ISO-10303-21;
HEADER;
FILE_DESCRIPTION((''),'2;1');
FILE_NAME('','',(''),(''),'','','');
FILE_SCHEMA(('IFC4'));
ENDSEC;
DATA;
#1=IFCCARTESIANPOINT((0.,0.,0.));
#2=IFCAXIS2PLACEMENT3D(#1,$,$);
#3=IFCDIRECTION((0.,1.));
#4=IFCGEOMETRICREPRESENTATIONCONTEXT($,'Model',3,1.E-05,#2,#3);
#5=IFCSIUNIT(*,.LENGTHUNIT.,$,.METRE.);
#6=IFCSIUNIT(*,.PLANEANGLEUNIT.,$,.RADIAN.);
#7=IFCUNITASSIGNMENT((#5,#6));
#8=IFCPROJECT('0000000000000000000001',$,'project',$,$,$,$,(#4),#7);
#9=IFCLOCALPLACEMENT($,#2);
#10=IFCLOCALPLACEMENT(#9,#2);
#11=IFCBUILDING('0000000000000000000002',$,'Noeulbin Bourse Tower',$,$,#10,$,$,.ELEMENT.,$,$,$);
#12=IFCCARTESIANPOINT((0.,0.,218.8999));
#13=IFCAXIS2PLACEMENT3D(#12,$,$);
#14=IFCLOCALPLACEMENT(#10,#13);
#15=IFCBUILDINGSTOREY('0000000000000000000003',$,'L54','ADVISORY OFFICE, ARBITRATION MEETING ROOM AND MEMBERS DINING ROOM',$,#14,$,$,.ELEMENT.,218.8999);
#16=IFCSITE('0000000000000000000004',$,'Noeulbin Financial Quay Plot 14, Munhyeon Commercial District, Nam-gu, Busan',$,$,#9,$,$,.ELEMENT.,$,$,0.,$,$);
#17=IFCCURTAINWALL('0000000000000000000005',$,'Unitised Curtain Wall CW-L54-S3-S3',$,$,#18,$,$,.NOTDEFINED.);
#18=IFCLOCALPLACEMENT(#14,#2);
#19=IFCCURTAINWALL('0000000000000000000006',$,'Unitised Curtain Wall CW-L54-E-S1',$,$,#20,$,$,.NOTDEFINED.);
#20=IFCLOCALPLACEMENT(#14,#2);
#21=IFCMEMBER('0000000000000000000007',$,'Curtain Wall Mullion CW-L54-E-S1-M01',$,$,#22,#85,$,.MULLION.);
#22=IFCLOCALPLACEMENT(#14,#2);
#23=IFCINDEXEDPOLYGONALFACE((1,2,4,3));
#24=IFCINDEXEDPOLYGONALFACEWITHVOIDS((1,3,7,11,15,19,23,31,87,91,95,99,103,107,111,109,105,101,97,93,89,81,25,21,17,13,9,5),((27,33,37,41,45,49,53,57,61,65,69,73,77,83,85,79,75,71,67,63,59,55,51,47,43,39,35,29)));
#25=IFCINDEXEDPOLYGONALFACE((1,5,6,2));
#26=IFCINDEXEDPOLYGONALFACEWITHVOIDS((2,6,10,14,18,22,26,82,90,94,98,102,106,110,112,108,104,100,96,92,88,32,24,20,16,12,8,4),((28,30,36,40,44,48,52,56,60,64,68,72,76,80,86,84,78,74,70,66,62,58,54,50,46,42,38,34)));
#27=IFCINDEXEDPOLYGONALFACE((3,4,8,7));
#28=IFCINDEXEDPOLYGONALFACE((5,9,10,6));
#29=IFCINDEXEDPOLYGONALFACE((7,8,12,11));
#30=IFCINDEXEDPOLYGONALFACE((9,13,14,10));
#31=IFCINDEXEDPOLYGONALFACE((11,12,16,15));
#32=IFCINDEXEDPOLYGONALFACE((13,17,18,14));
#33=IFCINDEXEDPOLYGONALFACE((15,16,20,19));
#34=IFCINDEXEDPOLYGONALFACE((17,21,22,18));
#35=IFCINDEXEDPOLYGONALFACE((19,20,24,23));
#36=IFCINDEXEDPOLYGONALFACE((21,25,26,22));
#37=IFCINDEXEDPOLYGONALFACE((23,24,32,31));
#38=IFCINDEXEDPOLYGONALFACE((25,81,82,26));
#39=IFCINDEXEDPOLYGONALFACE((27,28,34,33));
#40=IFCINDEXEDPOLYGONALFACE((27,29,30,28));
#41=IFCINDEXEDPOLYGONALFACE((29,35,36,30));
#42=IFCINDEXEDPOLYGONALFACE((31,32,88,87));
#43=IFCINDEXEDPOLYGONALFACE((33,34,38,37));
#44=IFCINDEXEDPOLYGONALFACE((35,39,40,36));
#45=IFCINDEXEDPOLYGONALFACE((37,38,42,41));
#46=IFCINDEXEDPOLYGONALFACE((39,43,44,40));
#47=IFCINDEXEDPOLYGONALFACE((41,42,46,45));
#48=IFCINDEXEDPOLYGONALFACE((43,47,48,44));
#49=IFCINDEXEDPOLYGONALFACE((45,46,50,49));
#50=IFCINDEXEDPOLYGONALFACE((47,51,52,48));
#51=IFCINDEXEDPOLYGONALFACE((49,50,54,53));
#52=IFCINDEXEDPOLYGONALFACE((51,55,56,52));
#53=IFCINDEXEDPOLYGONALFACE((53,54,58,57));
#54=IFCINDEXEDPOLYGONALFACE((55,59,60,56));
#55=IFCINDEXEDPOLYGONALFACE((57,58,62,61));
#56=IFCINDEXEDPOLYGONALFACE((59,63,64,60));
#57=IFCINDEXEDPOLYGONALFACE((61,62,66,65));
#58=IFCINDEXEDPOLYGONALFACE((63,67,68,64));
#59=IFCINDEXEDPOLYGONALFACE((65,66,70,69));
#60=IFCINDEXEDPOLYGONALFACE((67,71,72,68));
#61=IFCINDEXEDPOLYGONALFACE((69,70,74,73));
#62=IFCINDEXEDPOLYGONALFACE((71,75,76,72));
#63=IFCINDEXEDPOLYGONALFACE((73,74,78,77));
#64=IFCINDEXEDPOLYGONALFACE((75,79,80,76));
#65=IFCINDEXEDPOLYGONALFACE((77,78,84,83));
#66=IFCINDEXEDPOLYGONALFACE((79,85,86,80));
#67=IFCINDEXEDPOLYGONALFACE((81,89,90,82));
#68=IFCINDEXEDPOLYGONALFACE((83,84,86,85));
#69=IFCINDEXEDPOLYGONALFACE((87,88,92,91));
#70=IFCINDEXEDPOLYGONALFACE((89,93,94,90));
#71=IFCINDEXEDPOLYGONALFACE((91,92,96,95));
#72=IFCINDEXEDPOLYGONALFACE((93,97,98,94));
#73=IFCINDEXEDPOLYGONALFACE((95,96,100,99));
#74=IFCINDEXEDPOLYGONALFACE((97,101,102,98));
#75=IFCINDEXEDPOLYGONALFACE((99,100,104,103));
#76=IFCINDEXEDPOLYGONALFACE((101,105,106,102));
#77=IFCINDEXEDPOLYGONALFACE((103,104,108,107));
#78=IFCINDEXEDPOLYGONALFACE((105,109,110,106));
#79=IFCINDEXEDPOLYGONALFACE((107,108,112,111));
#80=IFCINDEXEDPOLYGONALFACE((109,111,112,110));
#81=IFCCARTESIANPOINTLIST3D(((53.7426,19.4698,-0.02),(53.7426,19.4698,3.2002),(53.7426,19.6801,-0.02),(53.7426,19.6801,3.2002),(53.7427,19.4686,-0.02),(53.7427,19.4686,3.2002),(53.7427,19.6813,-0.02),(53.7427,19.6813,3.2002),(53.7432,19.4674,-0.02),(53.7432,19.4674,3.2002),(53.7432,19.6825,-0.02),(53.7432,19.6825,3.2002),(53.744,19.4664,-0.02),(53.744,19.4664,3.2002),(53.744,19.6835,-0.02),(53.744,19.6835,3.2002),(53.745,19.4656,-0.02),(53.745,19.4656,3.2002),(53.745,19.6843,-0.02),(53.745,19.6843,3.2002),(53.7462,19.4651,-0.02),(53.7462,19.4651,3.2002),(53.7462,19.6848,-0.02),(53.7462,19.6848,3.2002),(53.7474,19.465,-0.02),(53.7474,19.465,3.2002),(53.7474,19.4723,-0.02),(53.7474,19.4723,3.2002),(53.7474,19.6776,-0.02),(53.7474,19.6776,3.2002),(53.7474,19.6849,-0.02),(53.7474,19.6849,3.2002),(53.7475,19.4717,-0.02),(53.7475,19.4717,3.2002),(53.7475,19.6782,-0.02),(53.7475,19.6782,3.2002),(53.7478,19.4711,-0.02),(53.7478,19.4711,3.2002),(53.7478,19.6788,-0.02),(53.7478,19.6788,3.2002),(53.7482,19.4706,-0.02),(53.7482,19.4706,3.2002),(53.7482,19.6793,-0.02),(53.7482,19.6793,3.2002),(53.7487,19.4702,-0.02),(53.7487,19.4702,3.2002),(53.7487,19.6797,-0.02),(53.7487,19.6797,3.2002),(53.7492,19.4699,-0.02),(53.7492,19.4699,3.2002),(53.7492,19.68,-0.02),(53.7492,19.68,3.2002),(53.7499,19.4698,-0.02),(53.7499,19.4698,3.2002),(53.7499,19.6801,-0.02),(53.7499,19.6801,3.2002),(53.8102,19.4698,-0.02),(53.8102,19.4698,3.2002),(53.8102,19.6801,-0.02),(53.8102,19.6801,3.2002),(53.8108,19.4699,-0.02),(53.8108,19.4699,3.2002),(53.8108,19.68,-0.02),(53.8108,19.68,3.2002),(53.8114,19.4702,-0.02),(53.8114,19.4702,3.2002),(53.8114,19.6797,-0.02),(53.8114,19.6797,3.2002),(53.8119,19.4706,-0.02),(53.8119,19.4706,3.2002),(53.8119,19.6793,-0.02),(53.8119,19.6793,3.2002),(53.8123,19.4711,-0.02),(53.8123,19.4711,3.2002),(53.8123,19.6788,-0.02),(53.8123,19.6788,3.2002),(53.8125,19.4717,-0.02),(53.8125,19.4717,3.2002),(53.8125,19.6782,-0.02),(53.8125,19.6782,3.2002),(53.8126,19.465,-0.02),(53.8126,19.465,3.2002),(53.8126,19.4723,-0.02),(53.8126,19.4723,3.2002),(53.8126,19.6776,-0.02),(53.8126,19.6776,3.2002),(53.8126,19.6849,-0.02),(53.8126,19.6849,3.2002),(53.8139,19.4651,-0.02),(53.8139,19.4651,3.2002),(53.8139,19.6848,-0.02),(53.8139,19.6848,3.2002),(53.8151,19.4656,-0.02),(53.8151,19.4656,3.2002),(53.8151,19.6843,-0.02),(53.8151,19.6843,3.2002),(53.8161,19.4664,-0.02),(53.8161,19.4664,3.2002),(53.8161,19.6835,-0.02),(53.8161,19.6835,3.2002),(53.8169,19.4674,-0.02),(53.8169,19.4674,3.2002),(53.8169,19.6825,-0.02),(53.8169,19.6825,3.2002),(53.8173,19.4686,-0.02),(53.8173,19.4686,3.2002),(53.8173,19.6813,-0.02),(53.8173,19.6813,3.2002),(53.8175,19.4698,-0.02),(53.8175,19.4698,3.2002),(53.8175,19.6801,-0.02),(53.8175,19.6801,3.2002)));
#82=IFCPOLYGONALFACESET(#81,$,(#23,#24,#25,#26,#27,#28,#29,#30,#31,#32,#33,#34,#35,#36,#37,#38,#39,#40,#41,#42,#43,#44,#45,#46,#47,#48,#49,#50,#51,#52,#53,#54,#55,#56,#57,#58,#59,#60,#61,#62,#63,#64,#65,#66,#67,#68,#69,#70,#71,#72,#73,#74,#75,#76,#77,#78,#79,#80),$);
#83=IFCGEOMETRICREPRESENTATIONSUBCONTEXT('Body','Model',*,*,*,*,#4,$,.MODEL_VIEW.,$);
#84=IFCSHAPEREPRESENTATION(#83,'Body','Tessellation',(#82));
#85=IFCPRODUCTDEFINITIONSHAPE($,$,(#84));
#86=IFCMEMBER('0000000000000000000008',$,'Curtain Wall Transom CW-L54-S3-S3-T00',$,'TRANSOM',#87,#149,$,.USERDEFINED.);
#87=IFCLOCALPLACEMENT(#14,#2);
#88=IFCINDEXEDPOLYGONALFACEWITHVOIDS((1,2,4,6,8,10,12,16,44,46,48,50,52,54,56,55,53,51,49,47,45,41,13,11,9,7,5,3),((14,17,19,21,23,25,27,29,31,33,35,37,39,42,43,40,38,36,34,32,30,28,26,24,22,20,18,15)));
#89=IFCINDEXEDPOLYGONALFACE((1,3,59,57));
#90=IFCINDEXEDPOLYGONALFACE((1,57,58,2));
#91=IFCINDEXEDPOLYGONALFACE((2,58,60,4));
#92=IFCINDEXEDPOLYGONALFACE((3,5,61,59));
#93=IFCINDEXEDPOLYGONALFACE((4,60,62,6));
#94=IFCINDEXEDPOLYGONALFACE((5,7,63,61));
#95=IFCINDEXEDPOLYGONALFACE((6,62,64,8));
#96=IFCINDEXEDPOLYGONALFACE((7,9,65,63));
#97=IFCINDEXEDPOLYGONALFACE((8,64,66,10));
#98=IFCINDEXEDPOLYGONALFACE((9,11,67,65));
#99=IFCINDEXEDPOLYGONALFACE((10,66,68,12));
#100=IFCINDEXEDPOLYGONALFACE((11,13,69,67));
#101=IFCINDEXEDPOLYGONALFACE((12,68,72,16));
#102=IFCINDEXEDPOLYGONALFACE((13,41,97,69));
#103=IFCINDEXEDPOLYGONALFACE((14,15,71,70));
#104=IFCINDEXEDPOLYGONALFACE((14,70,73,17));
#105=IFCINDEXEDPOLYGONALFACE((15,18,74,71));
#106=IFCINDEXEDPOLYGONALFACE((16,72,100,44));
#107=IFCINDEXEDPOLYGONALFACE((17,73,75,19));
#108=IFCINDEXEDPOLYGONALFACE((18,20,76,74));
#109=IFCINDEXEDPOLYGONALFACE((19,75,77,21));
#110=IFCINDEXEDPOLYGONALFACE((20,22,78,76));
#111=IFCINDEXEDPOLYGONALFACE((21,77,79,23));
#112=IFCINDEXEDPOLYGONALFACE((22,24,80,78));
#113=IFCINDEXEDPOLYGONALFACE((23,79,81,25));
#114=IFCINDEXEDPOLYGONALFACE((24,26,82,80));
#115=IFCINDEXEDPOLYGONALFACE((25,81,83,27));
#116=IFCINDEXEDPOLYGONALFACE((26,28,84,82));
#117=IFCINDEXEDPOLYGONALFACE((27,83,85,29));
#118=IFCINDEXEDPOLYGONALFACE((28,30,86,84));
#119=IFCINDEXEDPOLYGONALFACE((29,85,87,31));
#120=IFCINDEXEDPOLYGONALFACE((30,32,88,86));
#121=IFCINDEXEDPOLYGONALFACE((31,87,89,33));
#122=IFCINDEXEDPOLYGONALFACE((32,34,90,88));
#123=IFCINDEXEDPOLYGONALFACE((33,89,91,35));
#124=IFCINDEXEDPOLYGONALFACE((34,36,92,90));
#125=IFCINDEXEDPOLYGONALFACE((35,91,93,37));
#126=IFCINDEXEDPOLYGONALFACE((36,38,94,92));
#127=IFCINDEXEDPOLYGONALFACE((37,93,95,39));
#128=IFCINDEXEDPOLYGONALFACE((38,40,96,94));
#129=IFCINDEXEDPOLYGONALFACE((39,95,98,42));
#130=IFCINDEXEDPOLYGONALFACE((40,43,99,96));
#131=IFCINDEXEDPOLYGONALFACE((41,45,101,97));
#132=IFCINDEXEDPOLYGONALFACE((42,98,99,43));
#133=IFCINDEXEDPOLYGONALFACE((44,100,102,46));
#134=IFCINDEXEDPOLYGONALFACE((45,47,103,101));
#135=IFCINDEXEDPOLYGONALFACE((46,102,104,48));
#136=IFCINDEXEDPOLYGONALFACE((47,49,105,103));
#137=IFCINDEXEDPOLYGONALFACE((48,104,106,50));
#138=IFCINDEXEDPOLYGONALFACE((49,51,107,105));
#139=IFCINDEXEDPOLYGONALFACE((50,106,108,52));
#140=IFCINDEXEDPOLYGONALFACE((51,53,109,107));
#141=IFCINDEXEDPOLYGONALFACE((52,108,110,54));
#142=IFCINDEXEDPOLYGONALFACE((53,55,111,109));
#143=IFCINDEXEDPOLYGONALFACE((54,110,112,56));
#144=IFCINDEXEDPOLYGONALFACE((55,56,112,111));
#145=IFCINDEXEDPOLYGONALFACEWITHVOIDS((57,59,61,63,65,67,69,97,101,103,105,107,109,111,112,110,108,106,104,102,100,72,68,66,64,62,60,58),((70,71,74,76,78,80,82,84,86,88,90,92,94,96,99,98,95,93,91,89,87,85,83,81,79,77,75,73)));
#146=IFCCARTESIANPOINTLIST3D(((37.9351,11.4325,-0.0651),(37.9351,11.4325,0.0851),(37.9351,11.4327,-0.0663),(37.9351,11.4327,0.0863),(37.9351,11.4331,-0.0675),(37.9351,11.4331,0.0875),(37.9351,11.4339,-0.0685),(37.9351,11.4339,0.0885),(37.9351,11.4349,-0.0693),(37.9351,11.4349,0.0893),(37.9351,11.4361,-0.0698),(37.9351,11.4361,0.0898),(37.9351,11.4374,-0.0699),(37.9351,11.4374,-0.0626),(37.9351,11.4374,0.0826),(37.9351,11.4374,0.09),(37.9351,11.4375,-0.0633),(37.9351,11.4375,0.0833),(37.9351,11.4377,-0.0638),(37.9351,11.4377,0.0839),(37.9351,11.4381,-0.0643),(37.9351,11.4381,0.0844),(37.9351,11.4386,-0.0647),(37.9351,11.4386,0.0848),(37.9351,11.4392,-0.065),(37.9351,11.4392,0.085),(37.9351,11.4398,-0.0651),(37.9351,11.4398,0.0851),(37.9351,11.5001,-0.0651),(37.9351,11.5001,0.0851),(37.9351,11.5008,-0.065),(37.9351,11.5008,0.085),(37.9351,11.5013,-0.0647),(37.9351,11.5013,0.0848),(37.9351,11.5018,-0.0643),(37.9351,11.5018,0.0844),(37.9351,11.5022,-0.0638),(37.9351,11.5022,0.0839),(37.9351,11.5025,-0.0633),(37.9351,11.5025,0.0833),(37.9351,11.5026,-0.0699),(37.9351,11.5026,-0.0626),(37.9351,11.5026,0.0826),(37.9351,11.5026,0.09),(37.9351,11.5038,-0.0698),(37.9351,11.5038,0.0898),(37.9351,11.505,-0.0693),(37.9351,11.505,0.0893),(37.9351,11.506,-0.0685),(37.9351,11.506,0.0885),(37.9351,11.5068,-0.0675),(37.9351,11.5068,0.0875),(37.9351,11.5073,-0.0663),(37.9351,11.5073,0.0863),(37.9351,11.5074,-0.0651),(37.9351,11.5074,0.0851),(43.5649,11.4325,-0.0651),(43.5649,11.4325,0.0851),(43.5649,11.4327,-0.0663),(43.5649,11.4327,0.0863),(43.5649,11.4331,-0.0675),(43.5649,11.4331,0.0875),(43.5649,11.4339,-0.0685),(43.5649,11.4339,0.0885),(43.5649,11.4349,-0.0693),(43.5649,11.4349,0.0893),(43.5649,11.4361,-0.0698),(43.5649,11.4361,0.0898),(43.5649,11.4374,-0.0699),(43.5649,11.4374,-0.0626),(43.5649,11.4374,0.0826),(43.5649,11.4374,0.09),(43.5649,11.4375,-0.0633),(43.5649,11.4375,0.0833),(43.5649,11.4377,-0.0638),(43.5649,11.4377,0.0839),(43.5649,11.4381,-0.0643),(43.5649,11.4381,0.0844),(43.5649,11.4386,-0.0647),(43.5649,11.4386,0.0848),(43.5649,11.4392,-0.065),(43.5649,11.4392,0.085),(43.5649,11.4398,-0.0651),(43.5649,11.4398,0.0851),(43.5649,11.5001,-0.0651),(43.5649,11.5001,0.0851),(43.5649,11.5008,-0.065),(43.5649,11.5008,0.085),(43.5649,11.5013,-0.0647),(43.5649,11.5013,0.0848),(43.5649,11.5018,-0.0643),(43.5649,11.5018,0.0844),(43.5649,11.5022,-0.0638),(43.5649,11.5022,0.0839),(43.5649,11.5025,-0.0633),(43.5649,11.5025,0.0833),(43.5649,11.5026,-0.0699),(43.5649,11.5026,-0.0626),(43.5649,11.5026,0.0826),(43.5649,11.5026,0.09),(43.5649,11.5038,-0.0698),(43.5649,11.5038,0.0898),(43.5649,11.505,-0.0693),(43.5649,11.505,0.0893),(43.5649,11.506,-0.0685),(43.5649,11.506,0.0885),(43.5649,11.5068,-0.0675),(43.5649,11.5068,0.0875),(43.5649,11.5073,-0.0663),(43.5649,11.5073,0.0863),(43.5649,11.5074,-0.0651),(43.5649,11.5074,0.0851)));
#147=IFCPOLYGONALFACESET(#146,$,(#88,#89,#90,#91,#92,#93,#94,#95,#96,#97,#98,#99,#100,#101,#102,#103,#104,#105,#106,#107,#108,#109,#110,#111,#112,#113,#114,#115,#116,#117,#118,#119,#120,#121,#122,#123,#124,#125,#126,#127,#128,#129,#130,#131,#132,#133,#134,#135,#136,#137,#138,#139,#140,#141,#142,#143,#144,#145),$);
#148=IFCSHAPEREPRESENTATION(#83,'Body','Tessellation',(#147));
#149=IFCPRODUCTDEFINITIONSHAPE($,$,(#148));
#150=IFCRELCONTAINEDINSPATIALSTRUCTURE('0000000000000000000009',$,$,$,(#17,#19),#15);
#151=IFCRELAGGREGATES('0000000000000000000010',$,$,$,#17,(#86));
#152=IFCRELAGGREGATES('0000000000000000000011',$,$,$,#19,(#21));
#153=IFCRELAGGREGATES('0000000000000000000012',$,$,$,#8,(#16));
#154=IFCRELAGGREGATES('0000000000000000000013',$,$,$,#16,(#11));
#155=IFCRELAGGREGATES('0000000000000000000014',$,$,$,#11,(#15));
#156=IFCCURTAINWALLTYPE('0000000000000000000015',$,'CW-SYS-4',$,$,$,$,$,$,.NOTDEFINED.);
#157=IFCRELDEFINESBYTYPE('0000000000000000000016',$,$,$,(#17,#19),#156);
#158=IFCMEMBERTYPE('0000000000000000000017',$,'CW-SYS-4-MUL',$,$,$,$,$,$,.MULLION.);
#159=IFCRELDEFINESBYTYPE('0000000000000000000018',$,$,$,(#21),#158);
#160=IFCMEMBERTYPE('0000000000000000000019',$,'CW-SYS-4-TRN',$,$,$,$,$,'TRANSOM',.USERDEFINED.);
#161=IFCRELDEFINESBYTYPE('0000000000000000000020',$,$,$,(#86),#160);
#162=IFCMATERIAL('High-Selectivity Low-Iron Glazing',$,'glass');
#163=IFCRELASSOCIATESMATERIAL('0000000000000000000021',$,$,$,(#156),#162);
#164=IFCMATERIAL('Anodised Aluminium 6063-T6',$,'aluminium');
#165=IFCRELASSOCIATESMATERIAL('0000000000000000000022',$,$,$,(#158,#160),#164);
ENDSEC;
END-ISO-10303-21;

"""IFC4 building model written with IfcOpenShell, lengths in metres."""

from ifc_helpers import new_model, si_unit, direction, frame, origin, origin_2d, place, context, subcontext, project, spatial, hollow_rectangle, extrude, material, material_profile, profile_set, type_object, element, aggregate, save


model = new_model("IFC4")

# Units and contexts
model_context = context("Model", 3, precision=1e-05, world=origin(), true_north=direction((0.0, 1.0)))
body_context = subcontext(model_context, "Body", "Model", "MODEL_VIEW")
ifc_project = project(units=[si_unit("LENGTHUNIT", "METRE"), si_unit("PLANEANGLEUNIT", "RADIAN")], contexts=[model_context])

# Site, building, storey
site_placement = place(None, origin())
site = spatial("IfcSite", under=ifc_project, at=site_placement, Name="Noeulbin Financial Quay Plot 14, Munhyeon Commercial District, Nam-gu, Busan", CompositionType="ELEMENT", RefElevation=0.0)
building_placement = place(site_placement, origin())
building = spatial("IfcBuilding", under=site, at=building_placement, Name="Noeulbin Bourse Tower", CompositionType="ELEMENT")
storey_placement = place(building_placement, frame((0.0, 0.0, 218.8999)))
storey = spatial("IfcBuildingStorey", under=building, at=storey_placement, Name="L54", Description="ADVISORY OFFICE, ARBITRATION MEETING ROOM AND MEMBERS DINING ROOM", CompositionType="ELEMENT", Elevation=218.8999)

# Curtain walls, member
ifc_material_1 = material(Name="High-Selectivity Low-Iron Glazing", Category="glass")
curtain_wall_type = type_object("IfcCurtainWallType", Name="CW-SYS-4", PredefinedType="NOTDEFINED", material=ifc_material_1)
curtain_wall_1_placement = place(storey_placement, origin())
curtain_wall_1 = element("IfcCurtainWall", 1, at=curtain_wall_1_placement, inside=storey, type_object=curtain_wall_type, Name="Unitised Curtain Wall CW-L54-S3-S3", PredefinedType="NOTDEFINED")
ifc_material_2 = material(Name="Anodised Aluminium 6063-T6", Category="aluminium")
ifc_material_profile_1 = material_profile(ifc_material_2, hollow_rectangle(XDim=0.075, YDim=0.22, WallThickness=0.0049, InnerFilletRadius=0.0024, OuterFilletRadius=0.0049, at=origin_2d()), Name="ALU-MULL-75x220x5", Category="LoadBearing")
ifc_profile_set_1 = profile_set([ifc_material_profile_1], Name="Anodised Aluminium 6063-T6")
member_type_1 = type_object("IfcMemberType", Name="CW-SYS-4-MUL", PredefinedType="MULLION", material=ifc_profile_set_1)
curtain_wall_2_placement = place(storey_placement, origin())
curtain_wall_2 = element("IfcCurtainWall", 2, at=curtain_wall_2_placement, inside=storey, type_object=curtain_wall_type, Name="Unitised Curtain Wall CW-L54-E-S1", PredefinedType="NOTDEFINED")
member_1_placement = place(storey_placement, frame((53.78, 19.575, -0.02), z_axis=(0.0, 0.0, 1.0), x_axis=(1.0, 0.0, 0.0)))
member_1 = element("IfcMember", 3, at=member_1_placement, type_object=member_type_1, Name="Curtain Wall Mullion CW-L54-E-S1-M01", PredefinedType="MULLION", context=body_context, shape_type="SweptSolid", body=[
    extrude(hollow_rectangle(XDim=0.075, YDim=0.22, WallThickness=0.0049, InnerFilletRadius=0.0024, OuterFilletRadius=0.0049, at=origin_2d()), origin(), (0.0, 0.0, 1.0), 3.2202),
])

# Member
ifc_material_profile_2 = material_profile(ifc_material_2, hollow_rectangle(XDim=0.075, YDim=0.1599, WallThickness=0.0049, InnerFilletRadius=0.0024, OuterFilletRadius=0.0049, at=origin_2d()), Name="ALU-TRAN-75x160x5", Category="LoadBearing")
ifc_profile_set_2 = profile_set([ifc_material_profile_2], Name="Anodised Aluminium 6063-T6")
member_type_2 = type_object("IfcMemberType", Name="CW-SYS-4-TRN", ElementType="TRANSOM", PredefinedType="USERDEFINED", material=ifc_profile_set_2)
member_2_placement = place(storey_placement, frame((37.9351, 11.47, 0.01), z_axis=(1.0, 0.0, 0.0), x_axis=(0.0, 1.0, 0.0)))
member_2 = element("IfcMember", 4, at=member_2_placement, type_object=member_type_2, Name="Curtain Wall Transom CW-L54-S3-S3-T00", ObjectType="TRANSOM", PredefinedType="USERDEFINED", context=body_context, shape_type="SweptSolid", body=[
    extrude(hollow_rectangle(XDim=0.075, YDim=0.1599, WallThickness=0.0049, InnerFilletRadius=0.0024, OuterFilletRadius=0.0049, at=origin_2d()), origin(), (0.0, 0.0, 1.0), 5.6299),
])

aggregate(curtain_wall_1, [member_2])
aggregate(curtain_wall_2, [member_1])

save(model, "model.ifc")
